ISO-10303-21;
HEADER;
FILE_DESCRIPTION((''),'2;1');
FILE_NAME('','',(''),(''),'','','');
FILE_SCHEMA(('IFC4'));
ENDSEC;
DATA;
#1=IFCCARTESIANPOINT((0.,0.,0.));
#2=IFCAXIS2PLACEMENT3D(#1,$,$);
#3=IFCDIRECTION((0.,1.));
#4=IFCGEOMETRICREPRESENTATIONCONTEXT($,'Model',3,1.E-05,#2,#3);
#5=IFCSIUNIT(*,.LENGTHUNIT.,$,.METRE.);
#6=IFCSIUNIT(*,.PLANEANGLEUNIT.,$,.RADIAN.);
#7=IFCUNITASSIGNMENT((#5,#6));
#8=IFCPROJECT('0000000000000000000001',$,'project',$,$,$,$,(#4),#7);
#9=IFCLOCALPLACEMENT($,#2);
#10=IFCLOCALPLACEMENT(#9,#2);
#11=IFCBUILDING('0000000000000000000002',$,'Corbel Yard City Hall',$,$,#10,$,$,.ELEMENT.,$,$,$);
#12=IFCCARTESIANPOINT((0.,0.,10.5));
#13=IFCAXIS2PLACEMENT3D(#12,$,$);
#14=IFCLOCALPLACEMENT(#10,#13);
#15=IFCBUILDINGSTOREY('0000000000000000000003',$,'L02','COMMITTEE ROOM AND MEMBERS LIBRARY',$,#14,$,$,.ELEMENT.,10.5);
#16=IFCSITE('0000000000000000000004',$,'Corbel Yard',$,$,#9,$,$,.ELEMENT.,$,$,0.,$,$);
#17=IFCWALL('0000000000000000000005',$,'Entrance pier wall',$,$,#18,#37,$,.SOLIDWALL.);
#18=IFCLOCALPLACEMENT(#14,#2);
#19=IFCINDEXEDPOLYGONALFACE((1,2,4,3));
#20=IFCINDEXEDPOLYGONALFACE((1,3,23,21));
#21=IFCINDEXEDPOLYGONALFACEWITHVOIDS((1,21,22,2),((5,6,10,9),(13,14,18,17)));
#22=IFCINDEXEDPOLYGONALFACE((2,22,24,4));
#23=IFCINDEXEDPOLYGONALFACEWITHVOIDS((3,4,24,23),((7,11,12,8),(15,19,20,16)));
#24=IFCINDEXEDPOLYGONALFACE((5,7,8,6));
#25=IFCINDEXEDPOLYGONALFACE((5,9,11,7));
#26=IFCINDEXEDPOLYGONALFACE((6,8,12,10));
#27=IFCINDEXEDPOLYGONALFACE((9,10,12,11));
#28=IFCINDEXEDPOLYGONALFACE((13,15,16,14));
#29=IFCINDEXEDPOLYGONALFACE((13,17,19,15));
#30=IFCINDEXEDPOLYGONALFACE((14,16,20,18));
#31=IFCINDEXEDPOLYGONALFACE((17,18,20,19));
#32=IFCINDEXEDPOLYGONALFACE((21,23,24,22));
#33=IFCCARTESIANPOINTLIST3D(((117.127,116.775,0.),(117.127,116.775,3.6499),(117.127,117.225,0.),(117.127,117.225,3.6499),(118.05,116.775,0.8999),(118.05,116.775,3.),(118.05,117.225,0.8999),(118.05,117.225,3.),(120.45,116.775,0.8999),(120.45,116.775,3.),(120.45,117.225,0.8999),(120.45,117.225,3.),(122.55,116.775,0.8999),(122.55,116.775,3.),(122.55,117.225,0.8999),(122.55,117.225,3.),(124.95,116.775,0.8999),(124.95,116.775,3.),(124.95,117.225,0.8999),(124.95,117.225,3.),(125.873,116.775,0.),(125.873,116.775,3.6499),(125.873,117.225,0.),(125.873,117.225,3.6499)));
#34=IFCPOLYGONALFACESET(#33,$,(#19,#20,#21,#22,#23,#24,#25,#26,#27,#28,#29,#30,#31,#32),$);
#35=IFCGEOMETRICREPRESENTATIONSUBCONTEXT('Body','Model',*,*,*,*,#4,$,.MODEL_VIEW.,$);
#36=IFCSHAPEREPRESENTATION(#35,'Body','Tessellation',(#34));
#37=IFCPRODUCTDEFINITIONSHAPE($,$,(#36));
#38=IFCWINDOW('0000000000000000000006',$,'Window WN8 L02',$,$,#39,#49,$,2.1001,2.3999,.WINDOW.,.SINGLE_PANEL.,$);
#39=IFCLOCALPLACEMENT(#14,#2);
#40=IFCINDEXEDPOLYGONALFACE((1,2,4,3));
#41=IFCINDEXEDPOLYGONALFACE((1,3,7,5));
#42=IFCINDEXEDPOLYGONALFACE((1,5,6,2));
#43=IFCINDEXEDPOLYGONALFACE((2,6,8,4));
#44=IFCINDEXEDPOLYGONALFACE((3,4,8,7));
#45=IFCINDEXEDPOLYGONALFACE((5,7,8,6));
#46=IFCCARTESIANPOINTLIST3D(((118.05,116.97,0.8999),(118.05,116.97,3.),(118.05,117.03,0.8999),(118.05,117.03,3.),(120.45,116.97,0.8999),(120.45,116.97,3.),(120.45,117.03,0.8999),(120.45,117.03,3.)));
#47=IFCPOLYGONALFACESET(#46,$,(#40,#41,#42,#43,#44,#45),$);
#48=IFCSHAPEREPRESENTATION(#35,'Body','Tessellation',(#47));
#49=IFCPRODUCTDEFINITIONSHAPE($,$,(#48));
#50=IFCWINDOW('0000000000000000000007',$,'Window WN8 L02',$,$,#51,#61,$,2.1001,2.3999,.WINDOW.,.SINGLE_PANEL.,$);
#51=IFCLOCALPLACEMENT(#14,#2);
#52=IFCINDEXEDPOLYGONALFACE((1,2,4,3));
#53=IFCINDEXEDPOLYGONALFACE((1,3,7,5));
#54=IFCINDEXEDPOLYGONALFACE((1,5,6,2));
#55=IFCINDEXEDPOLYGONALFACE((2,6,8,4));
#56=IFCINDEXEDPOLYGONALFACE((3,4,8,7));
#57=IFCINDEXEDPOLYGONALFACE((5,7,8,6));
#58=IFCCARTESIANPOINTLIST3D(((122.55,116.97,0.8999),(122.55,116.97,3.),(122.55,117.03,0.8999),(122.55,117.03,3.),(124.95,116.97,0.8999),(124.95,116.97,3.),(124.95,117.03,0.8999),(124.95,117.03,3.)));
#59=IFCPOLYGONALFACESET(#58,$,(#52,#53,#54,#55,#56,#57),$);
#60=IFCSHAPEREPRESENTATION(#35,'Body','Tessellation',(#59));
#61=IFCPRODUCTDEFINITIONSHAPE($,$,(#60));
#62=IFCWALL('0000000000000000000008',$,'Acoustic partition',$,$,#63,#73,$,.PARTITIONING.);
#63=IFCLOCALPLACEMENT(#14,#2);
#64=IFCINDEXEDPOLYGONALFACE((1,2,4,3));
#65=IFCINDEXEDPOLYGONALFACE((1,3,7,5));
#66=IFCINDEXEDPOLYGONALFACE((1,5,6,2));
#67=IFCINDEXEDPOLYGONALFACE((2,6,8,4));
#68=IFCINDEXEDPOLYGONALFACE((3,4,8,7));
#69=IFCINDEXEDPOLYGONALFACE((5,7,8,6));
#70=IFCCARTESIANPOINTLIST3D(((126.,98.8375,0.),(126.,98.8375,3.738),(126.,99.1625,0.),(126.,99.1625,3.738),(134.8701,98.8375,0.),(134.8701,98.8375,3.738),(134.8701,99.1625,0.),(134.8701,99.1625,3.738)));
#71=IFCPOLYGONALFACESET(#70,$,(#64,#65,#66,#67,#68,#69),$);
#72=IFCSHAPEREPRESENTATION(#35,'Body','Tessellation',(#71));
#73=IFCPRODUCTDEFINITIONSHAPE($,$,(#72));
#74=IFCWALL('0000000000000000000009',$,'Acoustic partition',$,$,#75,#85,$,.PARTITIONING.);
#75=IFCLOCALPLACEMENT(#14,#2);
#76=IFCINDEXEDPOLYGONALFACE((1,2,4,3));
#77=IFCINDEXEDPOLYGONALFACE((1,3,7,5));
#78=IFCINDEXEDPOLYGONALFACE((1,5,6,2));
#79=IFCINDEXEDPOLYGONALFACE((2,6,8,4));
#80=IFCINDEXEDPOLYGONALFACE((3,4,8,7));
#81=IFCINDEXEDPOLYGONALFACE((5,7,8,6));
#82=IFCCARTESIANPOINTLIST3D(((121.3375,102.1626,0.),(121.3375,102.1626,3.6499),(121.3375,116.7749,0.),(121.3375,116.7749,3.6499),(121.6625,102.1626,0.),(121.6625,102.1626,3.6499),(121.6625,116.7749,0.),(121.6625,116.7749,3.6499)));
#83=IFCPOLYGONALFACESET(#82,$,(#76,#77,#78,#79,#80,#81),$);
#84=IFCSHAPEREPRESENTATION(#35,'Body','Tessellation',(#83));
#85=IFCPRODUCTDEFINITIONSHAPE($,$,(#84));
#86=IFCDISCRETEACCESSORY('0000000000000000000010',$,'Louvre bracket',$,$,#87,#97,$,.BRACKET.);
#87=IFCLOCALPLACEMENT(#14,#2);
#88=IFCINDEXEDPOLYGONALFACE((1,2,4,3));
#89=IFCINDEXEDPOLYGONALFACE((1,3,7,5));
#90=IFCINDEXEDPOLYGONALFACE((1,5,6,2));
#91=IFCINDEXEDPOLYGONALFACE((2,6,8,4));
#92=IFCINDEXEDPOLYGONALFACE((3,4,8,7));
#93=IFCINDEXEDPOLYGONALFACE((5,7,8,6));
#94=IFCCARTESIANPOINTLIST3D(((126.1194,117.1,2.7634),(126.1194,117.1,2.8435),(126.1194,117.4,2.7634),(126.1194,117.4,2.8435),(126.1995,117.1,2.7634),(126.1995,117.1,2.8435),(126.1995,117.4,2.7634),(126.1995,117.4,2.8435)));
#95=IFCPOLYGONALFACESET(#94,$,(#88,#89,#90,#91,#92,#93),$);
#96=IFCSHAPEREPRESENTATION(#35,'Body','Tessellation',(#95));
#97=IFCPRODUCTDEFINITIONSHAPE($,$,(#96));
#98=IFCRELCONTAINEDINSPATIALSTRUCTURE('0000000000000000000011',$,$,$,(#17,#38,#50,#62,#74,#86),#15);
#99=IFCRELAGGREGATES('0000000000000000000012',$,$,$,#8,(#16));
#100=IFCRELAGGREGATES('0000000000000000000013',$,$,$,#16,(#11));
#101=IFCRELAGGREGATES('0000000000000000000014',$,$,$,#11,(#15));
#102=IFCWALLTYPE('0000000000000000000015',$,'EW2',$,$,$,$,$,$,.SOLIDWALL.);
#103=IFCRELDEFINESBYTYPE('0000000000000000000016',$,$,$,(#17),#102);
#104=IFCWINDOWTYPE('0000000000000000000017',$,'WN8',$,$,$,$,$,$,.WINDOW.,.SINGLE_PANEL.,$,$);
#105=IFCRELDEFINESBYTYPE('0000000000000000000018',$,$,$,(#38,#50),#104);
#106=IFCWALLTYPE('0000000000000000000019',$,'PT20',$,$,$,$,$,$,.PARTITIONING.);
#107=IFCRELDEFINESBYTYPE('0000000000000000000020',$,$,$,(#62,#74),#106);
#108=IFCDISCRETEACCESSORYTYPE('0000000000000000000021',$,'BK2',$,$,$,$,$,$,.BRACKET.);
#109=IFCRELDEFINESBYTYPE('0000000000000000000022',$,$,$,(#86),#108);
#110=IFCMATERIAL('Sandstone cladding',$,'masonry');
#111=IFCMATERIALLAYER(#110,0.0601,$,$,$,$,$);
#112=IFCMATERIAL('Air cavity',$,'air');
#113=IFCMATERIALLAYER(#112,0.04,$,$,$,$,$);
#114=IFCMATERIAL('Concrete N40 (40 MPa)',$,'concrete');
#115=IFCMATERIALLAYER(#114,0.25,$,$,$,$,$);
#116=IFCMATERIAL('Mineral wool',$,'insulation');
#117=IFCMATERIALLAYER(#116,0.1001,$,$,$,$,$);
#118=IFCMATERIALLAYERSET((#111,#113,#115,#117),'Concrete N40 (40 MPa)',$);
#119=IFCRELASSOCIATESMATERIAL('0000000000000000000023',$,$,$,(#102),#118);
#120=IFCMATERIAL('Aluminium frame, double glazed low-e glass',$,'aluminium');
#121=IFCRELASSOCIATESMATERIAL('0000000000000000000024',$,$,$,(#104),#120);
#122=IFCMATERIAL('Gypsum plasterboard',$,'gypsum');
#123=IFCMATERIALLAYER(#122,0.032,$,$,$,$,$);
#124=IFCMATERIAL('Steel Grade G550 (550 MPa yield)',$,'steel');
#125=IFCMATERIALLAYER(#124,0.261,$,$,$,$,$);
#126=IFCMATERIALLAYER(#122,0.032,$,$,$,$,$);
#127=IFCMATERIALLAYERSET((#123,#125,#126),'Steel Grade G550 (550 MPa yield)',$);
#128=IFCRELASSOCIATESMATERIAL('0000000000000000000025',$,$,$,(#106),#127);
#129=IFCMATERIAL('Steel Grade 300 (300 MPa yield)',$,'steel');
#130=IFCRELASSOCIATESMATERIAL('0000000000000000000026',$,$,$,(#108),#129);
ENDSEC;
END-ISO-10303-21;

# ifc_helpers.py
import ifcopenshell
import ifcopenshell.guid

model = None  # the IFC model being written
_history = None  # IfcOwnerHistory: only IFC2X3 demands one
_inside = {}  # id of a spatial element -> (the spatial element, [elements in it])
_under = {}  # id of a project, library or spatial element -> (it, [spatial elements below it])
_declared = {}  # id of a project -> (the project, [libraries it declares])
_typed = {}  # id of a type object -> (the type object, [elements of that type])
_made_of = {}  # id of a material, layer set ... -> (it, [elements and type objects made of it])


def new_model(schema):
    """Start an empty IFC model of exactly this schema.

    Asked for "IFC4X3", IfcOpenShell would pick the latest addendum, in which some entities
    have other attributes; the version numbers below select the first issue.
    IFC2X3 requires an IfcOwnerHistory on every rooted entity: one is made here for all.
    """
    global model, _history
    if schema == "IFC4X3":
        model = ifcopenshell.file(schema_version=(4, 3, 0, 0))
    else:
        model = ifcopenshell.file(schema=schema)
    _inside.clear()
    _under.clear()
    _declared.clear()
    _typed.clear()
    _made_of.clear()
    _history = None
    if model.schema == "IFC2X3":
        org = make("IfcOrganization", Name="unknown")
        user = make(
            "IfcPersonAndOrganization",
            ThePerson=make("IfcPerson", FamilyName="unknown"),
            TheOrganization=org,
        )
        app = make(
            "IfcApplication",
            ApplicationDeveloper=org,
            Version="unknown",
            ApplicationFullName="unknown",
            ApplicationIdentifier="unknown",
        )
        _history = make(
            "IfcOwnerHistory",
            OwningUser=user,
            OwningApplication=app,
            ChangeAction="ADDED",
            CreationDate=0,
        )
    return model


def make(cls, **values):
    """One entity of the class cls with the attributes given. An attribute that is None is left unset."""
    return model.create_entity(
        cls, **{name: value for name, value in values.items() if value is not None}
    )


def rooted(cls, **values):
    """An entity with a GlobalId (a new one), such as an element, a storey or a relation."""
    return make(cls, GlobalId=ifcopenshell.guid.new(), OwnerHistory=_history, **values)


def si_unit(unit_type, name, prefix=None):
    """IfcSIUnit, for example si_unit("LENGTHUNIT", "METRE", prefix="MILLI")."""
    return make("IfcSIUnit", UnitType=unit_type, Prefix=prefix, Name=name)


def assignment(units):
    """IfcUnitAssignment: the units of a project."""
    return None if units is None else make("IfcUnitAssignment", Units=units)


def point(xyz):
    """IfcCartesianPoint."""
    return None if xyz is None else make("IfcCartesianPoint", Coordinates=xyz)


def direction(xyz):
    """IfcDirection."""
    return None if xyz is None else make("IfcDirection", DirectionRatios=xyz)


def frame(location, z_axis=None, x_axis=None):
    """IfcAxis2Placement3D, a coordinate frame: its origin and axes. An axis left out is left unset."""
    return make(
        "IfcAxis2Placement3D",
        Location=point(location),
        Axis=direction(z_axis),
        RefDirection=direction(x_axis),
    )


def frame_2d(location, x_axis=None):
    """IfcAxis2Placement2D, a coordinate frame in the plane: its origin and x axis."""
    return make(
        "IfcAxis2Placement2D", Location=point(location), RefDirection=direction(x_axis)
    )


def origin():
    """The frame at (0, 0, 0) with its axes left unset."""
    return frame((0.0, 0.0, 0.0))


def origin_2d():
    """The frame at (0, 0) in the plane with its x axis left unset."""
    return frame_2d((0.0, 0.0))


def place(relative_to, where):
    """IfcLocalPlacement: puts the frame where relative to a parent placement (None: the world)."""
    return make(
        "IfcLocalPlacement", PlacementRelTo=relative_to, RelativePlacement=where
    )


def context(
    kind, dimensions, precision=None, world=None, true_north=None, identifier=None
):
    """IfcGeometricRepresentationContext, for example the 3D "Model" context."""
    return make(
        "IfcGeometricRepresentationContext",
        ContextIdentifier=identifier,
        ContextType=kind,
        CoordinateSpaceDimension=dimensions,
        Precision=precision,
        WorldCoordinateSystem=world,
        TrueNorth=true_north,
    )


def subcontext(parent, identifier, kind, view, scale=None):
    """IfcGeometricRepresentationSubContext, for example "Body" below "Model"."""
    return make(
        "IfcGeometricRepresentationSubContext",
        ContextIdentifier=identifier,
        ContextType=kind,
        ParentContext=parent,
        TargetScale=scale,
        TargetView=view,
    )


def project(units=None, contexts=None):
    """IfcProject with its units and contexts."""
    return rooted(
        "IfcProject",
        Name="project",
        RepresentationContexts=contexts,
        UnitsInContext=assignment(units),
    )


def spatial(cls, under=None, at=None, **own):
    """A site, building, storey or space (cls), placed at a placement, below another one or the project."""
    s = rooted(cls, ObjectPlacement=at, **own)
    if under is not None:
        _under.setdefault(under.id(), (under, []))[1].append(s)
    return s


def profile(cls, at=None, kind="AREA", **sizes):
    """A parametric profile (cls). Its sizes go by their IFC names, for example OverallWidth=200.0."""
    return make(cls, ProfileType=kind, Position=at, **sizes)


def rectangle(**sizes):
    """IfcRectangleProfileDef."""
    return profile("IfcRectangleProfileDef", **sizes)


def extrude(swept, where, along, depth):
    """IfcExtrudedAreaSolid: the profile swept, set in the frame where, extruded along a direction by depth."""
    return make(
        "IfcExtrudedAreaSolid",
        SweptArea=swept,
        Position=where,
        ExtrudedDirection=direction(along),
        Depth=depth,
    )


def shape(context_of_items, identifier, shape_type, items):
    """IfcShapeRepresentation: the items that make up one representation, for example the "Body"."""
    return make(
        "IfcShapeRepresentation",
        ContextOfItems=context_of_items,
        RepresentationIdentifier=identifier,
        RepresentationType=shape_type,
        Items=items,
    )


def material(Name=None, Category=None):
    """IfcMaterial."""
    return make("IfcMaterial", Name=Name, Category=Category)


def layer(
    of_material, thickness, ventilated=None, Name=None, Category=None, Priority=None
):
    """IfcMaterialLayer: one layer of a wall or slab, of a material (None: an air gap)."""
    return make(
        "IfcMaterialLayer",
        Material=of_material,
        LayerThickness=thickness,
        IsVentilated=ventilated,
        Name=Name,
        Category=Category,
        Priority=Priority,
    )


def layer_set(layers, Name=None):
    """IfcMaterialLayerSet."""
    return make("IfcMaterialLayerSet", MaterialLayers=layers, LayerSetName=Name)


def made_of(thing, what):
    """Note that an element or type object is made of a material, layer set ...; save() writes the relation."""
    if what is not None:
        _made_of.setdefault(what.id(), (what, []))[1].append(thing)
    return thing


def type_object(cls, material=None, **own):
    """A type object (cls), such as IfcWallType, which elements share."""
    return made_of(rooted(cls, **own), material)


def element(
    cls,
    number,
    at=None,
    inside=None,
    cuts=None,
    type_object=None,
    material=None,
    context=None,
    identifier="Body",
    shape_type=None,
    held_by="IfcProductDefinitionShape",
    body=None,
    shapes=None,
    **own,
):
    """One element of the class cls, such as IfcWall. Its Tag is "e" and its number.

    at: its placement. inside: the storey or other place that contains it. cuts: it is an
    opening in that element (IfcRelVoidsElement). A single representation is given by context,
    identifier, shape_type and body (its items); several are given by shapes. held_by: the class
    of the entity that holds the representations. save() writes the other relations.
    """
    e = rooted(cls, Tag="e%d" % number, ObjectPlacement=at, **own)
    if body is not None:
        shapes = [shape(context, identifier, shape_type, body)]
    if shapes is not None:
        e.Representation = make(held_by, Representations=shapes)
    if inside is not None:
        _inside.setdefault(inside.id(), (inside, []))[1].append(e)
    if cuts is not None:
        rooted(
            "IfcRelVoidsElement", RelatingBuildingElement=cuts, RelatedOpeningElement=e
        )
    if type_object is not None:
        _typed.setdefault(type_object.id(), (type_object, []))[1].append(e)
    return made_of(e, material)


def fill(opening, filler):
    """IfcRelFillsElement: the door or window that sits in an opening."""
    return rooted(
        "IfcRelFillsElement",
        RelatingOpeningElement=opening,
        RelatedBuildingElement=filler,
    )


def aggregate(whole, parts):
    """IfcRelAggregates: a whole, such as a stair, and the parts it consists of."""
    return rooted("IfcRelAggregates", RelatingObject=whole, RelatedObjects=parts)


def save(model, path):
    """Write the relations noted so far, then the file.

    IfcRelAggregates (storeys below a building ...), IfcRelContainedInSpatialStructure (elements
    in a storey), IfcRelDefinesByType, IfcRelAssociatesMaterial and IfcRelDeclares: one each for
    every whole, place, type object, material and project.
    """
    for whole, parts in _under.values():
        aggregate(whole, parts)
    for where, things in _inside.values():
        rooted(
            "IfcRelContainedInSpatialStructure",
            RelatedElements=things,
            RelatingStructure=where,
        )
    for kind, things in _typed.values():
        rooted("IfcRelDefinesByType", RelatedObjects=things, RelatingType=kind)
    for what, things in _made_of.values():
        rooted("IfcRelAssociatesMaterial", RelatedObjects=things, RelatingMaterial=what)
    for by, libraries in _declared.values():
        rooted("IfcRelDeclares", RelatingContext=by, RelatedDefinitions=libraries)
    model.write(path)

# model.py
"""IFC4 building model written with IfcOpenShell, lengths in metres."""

from ifc_helpers import new_model, si_unit, direction, frame, frame_2d, origin, origin_2d, place, context, subcontext, project, spatial, rectangle, extrude, material, layer, layer_set, type_object, element, fill, save


model = new_model("IFC4")

# Units and contexts
model_context = context("Model", 3, precision=1e-05, world=origin(), true_north=direction((0.0, 1.0)))
body_context = subcontext(model_context, "Body", "Model", "MODEL_VIEW")
ifc_project = project(units=[si_unit("LENGTHUNIT", "METRE"), si_unit("PLANEANGLEUNIT", "RADIAN")], contexts=[model_context])

# Site, building, storey
site_placement = place(None, origin())
site = spatial("IfcSite", under=ifc_project, at=site_placement, Name="Corbel Yard", CompositionType="ELEMENT", RefElevation=0.0)
building_placement = place(site_placement, origin())
building = spatial("IfcBuilding", under=site, at=building_placement, Name="Corbel Yard City Hall", CompositionType="ELEMENT")
storey_placement = place(building_placement, frame((0.0, 0.0, 10.5)))
storey = spatial("IfcBuildingStorey", under=building, at=storey_placement, Name="L02", Description="COMMITTEE ROOM AND MEMBERS LIBRARY", CompositionType="ELEMENT", Elevation=10.5)

# Shared definitions
ifc_material_1 = material(Name="Steel Grade 300 (300 MPa yield)", Category="steel")

# Wall, openings, windows
ifc_material_2 = material(Name="Sandstone cladding", Category="masonry")
ifc_layer_1 = layer(ifc_material_2, 0.0601)
ifc_material_3 = material(Name="Air cavity", Category="air")
ifc_layer_2 = layer(ifc_material_3, 0.04)
ifc_material_4 = material(Name="Concrete N40 (40 MPa)", Category="concrete")
ifc_layer_3 = layer(ifc_material_4, 0.25)
ifc_material_5 = material(Name="Mineral wool", Category="insulation")
ifc_layer_4 = layer(ifc_material_5, 0.1001)
ifc_layer_set_1 = layer_set([ifc_layer_1, ifc_layer_2, ifc_layer_3, ifc_layer_4], Name="Concrete N40 (40 MPa)")
wall_type_1 = type_object("IfcWallType", Name="EW2", PredefinedType="SOLIDWALL", material=ifc_layer_set_1)
wall_1_placement = place(storey_placement, frame((117.127, 117.0, 0.0), z_axis=(0.0, 0.0, 1.0), x_axis=(1.0, 0.0, 0.0)))
wall_1 = element("IfcWall", 1, at=wall_1_placement, inside=storey, type_object=wall_type_1, Name="Entrance pier wall", PredefinedType="SOLIDWALL", context=body_context, shape_type="SweptSolid", body=[
    extrude(rectangle(XDim=8.7461, YDim=0.45, at=frame_2d((4.373, 0.0))), origin(), (0.0, 0.0, 1.0), 3.6499),
])
opening_1_placement = place(wall_1_placement, frame((0.9231, 0.0, 0.8999)))
opening_1 = element("IfcOpeningElement", 2, at=opening_1_placement, cuts=wall_1, PredefinedType="OPENING", context=body_context, shape_type="SweptSolid", body=[
    extrude(rectangle(XDim=2.3999, YDim=2.1001, at=frame_2d((1.2, 1.05))), frame((0.0, 0.2349, 0.0), z_axis=(0.0, -1.0, 0.0), x_axis=(1.0, 0.0, 0.0)), (0.0, 0.0, 1.0), 0.47),
])
opening_2_placement = place(wall_1_placement, frame((5.4231, 0.0, 0.8999)))
opening_2 = element("IfcOpeningElement", 3, at=opening_2_placement, cuts=wall_1, PredefinedType="OPENING", context=body_context, shape_type="SweptSolid", body=[
    extrude(rectangle(XDim=2.3999, YDim=2.1001, at=frame_2d((1.2, 1.05))), frame((0.0, 0.2349, 0.0), z_axis=(0.0, -1.0, 0.0), x_axis=(1.0, 0.0, 0.0)), (0.0, 0.0, 1.0), 0.47),
])
ifc_material_6 = material(Name="Aluminium frame, double glazed low-e glass", Category="aluminium")
window_type = type_object("IfcWindowType", Name="WN8", PartitioningType="SINGLE_PANEL", PredefinedType="WINDOW", material=ifc_material_6)
window_1_placement = place(opening_1_placement, origin())
window_1 = element("IfcWindow", 4, at=window_1_placement, inside=storey, type_object=window_type, Name="Window WN8 L02", OverallHeight=2.1001, OverallWidth=2.3999, PartitioningType="SINGLE_PANEL", PredefinedType="WINDOW", context=body_context, shape_type="SweptSolid", body=[
    extrude(rectangle(XDim=2.3999, YDim=2.1001, at=frame_2d((1.2, 1.05))), frame((0.0, 0.03, 0.0), z_axis=(0.0, -1.0, 0.0), x_axis=(1.0, 0.0, 0.0)), (0.0, 0.0, 1.0), 0.0601),
])
fill(opening_1, window_1)
window_2_placement = place(opening_2_placement, origin())
window_2 = element("IfcWindow", 5, at=window_2_placement, inside=storey, type_object=window_type, Name="Window WN8 L02", OverallHeight=2.1001, OverallWidth=2.3999, PartitioningType="SINGLE_PANEL", PredefinedType="WINDOW", context=body_context, shape_type="SweptSolid", body=[
    extrude(rectangle(XDim=2.3999, YDim=2.1001, at=frame_2d((1.2, 1.05))), frame((0.0, 0.03, 0.0), z_axis=(0.0, -1.0, 0.0), x_axis=(1.0, 0.0, 0.0)), (0.0, 0.0, 1.0), 0.0601),
])
fill(opening_2, window_2)

# Walls
ifc_material_7 = material(Name="Gypsum plasterboard", Category="gypsum")
ifc_layer_5 = layer(ifc_material_7, 0.032)
ifc_material_8 = material(Name="Steel Grade G550 (550 MPa yield)", Category="steel")
ifc_layer_6 = layer(ifc_material_8, 0.261)
ifc_layer_7 = layer(ifc_material_7, 0.032)
ifc_layer_set_2 = layer_set([ifc_layer_5, ifc_layer_6, ifc_layer_7], Name="Steel Grade G550 (550 MPa yield)")
wall_type_2 = type_object("IfcWallType", Name="PT20", PredefinedType="PARTITIONING", material=ifc_layer_set_2)
wall_2_placement = place(storey_placement, frame((126.0, 99.0, 0.0), z_axis=(0.0, 0.0, 1.0), x_axis=(1.0, 0.0, 0.0)))
element("IfcWall", 6, at=wall_2_placement, inside=storey, type_object=wall_type_2, Name="Acoustic partition", PredefinedType="PARTITIONING", context=body_context, shape_type="SweptSolid", body=[
    extrude(rectangle(XDim=8.8701, YDim=0.325, at=frame_2d((4.4351, 0.0))), origin(), (0.0, 0.0, 1.0), 3.738),
])
wall_3_placement = place(storey_placement, frame((121.5, 102.1626, 0.0), z_axis=(0.0, 0.0, 1.0), x_axis=(0.0, 1.0, 0.0)))
element("IfcWall", 7, at=wall_3_placement, inside=storey, type_object=wall_type_2, Name="Acoustic partition", PredefinedType="PARTITIONING", context=body_context, shape_type="SweptSolid", body=[
    extrude(rectangle(XDim=14.6123, YDim=0.325, at=frame_2d((7.3062, 0.0))), origin(), (0.0, 0.0, 1.0), 3.6499),
])

# Discrete accessory
discrete_accessory_type = type_object("IfcDiscreteAccessoryType", Name="BK2", PredefinedType="BRACKET", material=ifc_material_1)
discrete_accessory_placement = place(storey_placement, frame((126.1594, 117.25, 2.7634), z_axis=(0.0, 0.0, 1.0), x_axis=(1.0, 0.0, 0.0)))
element("IfcDiscreteAccessory", 8, at=discrete_accessory_placement, inside=storey, type_object=discrete_accessory_type, Name="Louvre bracket", PredefinedType="BRACKET", context=body_context, shape_type="SweptSolid", body=[
    extrude(rectangle(XDim=0.0801, YDim=0.3, at=origin_2d()), origin(), (0.0, 0.0, 1.0), 0.0801),
])

save(model, "model.ifc")
